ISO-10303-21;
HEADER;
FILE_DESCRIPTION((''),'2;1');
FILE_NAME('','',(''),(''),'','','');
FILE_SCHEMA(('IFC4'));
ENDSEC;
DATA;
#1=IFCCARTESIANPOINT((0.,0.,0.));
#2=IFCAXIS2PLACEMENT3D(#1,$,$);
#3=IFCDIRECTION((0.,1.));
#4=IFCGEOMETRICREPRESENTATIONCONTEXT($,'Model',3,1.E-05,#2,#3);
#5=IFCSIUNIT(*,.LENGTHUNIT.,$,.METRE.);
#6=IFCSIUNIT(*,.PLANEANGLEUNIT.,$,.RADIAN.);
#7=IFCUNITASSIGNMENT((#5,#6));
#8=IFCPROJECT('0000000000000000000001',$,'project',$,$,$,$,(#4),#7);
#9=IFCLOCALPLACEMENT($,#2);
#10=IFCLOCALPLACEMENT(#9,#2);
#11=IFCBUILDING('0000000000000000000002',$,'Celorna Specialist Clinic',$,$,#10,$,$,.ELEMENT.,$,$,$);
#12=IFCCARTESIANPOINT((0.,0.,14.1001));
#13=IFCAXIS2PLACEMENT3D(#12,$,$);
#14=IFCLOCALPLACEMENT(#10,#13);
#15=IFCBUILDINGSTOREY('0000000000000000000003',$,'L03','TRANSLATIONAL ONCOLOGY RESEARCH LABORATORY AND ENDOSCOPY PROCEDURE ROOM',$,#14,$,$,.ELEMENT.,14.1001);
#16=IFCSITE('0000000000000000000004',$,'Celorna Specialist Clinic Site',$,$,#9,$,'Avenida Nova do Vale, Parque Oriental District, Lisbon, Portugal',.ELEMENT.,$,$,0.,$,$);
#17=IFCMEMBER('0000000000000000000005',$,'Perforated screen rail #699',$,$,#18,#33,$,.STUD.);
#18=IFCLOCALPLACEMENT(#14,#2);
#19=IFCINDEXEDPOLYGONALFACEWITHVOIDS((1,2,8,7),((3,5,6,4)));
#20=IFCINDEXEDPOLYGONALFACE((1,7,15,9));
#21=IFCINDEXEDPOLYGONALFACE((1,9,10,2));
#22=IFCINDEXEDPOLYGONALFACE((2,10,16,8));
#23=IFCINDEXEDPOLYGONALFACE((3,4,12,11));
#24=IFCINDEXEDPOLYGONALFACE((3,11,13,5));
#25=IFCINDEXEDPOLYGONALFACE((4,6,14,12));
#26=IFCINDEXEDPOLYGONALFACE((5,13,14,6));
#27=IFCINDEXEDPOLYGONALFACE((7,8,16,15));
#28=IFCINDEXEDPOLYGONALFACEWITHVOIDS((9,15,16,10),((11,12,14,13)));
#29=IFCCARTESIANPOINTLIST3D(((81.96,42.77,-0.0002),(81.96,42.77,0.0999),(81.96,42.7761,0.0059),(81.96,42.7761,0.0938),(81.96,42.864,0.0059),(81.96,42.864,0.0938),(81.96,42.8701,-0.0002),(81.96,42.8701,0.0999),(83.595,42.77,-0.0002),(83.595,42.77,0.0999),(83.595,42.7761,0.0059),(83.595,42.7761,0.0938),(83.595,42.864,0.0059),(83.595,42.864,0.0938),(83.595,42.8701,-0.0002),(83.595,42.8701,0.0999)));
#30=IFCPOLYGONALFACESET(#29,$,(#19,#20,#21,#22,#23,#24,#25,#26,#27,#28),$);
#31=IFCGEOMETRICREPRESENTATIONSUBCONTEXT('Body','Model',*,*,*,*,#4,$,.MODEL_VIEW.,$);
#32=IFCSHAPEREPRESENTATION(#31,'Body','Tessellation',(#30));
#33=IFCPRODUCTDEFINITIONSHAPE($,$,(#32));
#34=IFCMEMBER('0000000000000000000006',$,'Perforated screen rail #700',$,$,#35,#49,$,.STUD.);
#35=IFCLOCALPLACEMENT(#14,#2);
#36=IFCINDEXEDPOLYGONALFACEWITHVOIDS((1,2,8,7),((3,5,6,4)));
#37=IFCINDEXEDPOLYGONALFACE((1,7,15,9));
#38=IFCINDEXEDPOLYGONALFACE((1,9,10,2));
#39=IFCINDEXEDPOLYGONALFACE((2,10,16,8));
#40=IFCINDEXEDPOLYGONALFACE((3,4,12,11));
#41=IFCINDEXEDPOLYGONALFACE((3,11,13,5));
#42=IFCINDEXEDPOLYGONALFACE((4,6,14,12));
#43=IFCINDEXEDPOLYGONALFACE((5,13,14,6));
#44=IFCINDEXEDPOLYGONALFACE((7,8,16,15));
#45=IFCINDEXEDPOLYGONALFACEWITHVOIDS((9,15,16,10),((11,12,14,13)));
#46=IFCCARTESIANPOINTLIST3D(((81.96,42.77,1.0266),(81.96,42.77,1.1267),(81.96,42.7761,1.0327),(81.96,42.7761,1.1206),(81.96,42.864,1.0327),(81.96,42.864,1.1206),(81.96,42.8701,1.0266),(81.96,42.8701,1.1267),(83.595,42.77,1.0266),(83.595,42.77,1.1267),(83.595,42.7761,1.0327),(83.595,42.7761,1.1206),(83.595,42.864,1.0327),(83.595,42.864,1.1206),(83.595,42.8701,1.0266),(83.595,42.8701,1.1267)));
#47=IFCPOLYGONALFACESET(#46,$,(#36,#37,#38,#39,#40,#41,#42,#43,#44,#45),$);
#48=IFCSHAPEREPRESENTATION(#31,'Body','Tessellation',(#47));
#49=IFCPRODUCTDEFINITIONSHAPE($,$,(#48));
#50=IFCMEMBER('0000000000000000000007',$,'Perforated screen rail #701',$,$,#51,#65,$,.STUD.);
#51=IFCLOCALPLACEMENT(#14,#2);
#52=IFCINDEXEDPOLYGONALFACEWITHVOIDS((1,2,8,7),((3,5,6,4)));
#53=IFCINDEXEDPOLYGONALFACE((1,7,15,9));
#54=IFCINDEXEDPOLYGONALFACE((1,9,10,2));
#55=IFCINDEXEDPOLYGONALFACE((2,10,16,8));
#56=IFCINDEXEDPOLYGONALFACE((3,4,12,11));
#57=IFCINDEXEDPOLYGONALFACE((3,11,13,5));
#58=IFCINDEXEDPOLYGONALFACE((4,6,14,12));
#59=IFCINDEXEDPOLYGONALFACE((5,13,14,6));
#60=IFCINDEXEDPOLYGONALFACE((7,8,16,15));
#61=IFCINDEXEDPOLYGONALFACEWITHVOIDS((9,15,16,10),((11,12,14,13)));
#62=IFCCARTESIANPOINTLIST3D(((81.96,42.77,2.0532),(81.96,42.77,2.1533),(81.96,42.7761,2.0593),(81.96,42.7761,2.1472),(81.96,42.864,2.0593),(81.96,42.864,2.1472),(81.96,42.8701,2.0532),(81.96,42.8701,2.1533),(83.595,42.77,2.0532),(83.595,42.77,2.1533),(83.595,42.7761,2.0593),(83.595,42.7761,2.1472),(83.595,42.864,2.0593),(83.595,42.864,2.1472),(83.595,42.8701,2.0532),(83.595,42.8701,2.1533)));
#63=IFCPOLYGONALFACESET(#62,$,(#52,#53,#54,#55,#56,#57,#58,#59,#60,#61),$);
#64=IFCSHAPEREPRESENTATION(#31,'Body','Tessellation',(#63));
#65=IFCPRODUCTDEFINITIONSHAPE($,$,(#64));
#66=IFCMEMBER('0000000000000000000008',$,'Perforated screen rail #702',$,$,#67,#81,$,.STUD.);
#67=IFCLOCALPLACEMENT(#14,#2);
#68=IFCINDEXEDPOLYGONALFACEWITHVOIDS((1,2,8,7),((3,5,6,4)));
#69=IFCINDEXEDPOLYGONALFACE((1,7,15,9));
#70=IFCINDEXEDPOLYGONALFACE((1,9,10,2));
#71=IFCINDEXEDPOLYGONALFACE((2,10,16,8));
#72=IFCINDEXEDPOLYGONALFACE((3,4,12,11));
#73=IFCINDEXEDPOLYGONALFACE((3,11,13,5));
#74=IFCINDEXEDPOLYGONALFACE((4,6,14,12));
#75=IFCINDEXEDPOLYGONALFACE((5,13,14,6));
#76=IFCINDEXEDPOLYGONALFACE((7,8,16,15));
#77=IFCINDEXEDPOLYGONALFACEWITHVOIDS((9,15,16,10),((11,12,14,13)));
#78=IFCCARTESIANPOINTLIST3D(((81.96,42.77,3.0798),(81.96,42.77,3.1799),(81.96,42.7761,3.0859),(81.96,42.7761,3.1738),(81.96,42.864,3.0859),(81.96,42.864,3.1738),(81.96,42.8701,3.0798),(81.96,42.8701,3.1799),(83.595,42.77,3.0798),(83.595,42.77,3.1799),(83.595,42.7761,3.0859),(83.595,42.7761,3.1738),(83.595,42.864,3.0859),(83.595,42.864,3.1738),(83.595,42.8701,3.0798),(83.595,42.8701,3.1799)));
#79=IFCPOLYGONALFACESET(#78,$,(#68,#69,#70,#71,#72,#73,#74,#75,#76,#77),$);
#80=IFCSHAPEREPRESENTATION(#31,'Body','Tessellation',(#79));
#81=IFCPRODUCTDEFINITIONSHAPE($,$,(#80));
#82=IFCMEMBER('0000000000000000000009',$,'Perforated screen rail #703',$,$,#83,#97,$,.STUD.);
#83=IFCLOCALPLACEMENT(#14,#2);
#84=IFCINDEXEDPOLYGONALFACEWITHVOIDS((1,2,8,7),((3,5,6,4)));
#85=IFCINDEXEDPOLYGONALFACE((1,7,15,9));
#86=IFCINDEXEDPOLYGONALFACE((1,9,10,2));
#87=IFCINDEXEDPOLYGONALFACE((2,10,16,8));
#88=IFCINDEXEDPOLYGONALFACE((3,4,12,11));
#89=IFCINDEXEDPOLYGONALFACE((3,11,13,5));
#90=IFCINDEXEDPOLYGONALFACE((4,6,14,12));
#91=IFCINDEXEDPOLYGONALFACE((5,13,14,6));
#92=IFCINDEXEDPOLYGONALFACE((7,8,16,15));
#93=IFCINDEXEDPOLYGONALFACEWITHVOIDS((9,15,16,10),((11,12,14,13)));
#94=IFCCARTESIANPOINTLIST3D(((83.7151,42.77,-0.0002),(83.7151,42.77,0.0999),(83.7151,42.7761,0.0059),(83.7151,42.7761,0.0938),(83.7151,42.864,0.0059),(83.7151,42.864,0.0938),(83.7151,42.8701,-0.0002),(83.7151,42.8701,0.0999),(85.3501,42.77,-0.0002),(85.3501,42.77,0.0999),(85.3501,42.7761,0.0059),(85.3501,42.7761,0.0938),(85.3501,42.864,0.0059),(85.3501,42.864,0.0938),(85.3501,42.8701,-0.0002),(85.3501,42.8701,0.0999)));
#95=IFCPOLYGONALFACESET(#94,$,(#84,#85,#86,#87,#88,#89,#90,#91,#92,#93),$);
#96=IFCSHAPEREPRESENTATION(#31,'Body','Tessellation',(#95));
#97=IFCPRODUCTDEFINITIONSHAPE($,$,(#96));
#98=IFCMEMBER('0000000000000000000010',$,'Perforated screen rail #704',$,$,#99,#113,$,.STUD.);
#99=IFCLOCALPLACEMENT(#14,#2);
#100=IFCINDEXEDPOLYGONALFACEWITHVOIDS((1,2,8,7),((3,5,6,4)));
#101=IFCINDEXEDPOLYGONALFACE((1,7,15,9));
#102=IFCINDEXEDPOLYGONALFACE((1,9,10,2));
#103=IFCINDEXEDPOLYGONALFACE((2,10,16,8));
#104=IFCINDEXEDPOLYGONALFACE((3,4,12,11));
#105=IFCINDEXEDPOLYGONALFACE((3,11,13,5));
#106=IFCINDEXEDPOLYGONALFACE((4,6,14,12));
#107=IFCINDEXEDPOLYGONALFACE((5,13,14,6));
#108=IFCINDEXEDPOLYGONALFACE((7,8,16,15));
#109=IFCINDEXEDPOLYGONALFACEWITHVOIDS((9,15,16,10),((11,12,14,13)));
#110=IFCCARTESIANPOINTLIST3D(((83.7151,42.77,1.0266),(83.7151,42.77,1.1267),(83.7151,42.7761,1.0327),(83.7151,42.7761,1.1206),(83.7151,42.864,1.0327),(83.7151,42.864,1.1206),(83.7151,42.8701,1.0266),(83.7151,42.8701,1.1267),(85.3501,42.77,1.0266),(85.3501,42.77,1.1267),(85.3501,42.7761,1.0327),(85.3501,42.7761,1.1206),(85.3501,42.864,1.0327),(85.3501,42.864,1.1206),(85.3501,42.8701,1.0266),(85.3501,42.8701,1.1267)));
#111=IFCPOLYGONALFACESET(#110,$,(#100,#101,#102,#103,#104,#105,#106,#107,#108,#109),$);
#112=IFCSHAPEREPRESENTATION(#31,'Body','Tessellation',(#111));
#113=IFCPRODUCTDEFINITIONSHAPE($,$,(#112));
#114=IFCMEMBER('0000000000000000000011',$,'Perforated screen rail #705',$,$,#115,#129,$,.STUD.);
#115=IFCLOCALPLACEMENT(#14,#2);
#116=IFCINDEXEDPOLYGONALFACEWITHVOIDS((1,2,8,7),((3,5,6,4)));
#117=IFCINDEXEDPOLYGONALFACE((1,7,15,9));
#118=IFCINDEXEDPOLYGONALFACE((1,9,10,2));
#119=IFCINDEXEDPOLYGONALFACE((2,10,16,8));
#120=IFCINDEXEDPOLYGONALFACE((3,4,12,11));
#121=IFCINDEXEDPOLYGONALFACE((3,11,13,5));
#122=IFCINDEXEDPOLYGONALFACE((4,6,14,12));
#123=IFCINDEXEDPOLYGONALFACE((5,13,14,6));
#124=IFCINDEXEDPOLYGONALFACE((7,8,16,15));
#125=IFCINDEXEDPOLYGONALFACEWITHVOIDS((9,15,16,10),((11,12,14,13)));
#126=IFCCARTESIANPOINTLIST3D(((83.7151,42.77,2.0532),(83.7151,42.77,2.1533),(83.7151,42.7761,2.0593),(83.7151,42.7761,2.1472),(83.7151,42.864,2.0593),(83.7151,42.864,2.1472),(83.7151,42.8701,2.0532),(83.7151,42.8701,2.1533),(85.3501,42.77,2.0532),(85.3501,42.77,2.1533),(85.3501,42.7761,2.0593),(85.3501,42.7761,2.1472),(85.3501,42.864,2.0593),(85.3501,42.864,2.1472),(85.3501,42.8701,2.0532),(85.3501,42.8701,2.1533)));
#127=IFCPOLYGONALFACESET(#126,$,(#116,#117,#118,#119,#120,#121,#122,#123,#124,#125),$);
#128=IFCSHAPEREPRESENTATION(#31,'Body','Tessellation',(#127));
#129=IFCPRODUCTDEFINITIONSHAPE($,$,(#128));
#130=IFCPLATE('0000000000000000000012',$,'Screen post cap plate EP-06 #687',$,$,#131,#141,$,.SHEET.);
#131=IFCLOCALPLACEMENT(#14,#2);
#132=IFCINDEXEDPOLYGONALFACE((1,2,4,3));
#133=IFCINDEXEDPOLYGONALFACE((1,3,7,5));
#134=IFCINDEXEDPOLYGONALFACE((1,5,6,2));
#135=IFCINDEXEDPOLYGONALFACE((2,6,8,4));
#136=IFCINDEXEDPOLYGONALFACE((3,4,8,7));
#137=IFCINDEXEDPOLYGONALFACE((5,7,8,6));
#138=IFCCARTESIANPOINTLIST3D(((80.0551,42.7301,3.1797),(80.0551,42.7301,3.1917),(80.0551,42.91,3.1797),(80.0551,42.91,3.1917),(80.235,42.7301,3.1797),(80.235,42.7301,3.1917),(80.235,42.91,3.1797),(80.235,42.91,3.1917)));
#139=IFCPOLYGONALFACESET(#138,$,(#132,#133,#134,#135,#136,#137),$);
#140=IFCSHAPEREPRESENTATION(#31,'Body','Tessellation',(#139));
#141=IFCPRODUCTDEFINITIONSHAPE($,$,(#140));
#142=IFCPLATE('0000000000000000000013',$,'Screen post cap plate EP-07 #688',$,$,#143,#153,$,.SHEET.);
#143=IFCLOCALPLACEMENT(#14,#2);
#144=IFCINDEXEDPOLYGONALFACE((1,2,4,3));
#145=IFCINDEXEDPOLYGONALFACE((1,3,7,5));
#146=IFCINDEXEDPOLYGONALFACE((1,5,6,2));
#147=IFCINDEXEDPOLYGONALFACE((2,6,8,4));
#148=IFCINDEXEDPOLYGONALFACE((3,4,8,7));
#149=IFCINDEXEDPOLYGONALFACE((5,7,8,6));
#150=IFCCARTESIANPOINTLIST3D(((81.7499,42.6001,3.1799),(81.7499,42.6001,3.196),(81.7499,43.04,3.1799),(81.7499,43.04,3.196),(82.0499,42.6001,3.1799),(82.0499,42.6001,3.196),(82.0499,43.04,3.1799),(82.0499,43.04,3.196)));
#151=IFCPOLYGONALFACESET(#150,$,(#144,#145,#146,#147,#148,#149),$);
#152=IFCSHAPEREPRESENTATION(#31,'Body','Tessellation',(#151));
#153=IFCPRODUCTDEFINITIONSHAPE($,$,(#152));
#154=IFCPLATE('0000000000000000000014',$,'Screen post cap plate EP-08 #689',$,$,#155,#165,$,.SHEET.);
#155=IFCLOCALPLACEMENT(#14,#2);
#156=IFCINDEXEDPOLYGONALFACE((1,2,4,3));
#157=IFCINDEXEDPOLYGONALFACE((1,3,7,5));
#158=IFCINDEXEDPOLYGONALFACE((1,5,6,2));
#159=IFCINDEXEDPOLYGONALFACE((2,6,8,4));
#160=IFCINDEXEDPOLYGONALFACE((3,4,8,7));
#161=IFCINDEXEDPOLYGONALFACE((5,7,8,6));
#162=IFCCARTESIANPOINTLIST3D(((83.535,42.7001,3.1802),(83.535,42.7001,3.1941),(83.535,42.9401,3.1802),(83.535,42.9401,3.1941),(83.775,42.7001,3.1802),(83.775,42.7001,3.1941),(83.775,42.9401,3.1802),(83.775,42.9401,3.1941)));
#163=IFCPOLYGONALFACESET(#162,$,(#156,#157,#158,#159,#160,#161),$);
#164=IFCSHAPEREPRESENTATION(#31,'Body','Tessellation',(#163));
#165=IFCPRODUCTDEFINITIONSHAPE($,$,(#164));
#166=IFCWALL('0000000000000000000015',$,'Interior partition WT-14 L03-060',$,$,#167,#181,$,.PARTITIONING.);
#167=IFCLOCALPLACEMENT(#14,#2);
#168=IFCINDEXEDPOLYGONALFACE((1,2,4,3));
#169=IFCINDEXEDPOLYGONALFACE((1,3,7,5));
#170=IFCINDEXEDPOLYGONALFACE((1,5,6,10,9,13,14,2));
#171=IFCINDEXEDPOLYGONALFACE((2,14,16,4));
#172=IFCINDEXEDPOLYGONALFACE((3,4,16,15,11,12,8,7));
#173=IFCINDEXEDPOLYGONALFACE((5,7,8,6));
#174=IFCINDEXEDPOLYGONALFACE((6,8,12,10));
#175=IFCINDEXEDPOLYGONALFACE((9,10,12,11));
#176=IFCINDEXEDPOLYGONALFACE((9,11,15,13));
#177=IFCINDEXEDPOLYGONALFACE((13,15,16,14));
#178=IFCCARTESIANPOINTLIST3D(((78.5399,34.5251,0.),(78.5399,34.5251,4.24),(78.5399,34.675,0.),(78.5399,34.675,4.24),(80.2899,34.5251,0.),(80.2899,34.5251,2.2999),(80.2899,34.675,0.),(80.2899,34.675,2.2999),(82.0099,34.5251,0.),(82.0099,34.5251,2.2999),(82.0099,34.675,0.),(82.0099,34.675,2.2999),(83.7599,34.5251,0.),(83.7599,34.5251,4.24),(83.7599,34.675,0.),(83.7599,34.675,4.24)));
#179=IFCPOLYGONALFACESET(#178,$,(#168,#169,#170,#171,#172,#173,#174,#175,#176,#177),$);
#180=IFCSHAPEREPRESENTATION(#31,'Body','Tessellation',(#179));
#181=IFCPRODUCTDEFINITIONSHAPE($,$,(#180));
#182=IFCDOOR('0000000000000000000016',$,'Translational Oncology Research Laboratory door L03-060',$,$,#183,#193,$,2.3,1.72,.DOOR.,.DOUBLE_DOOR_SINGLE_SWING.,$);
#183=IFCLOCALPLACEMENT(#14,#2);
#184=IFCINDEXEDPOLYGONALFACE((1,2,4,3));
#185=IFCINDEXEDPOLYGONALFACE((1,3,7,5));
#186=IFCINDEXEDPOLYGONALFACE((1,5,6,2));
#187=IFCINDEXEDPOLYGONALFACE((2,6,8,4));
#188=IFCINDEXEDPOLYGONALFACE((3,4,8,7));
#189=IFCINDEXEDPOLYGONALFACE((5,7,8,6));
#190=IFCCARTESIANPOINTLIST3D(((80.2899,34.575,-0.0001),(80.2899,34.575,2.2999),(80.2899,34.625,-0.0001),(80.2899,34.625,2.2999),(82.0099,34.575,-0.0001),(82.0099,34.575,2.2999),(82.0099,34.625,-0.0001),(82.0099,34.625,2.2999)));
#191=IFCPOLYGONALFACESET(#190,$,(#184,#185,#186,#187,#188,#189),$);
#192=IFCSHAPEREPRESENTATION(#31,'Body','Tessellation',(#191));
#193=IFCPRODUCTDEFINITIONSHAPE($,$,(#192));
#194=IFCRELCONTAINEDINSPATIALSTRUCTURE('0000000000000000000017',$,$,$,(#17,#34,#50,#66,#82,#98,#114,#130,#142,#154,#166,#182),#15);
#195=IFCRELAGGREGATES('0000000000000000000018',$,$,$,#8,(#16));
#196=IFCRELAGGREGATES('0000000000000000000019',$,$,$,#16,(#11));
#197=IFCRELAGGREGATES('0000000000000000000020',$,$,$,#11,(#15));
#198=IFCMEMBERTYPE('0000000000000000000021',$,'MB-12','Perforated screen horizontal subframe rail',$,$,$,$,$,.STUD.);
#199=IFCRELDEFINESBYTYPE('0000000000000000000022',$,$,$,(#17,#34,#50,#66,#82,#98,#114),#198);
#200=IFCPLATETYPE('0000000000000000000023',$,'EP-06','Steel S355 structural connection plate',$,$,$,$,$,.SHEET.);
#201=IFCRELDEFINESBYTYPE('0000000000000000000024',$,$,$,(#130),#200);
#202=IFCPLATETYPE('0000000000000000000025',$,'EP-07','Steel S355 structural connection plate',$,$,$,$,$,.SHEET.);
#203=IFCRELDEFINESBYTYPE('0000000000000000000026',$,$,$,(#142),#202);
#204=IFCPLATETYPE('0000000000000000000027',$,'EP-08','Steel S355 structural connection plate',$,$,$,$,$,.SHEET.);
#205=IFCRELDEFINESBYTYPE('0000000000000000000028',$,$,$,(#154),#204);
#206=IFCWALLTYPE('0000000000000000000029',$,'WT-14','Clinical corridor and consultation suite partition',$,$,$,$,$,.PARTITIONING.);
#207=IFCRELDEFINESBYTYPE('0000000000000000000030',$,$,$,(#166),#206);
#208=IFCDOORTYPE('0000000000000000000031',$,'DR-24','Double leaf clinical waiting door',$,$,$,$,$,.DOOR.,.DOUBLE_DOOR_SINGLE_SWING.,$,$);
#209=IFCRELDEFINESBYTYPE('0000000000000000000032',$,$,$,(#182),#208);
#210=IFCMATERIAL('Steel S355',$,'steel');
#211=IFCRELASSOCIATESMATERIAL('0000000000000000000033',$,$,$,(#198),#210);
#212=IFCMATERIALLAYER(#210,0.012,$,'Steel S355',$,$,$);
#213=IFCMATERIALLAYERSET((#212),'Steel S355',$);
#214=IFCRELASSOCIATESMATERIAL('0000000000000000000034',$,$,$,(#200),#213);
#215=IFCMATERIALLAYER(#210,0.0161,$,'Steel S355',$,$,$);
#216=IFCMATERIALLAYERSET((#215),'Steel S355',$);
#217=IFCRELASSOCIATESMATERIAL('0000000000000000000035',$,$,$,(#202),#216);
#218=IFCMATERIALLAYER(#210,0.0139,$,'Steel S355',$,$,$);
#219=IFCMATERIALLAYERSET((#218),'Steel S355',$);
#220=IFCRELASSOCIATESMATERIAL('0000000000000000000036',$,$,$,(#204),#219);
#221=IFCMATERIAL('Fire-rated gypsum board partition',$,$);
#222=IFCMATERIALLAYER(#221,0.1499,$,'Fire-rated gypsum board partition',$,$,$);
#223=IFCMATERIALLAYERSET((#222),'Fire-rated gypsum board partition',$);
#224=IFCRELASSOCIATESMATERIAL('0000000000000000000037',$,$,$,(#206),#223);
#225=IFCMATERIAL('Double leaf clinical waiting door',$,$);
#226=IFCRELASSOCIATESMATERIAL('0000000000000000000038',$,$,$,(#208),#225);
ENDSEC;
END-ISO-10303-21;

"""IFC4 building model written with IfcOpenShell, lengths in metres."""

from ifc_helpers import new_model, si_unit, direction, frame, frame_2d, origin, origin_2d, place, context, subcontext, project, spatial, rectangle, hollow_rectangle, extrude, material, layer, layer_set, material_profile, profile_set, type_object, element, fill, save


model = new_model("IFC4")

# Units and contexts
model_context = context("Model", 3, precision=1e-05, world=origin(), true_north=direction((0.0, 1.0)))
body_context = subcontext(model_context, "Body", "Model", "MODEL_VIEW")
ifc_project = project(units=[si_unit("LENGTHUNIT", "METRE"), si_unit("PLANEANGLEUNIT", "RADIAN")], contexts=[model_context])

# Site, building, storey
site_placement = place(None, origin())
site = spatial("IfcSite", under=ifc_project, at=site_placement, Name="Celorna Specialist Clinic Site", LongName="Avenida Nova do Vale, Parque Oriental District, Lisbon, Portugal", CompositionType="ELEMENT", RefElevation=0.0)
building_placement = place(site_placement, origin())
building = spatial("IfcBuilding", under=site, at=building_placement, Name="Celorna Specialist Clinic", CompositionType="ELEMENT")
storey_placement = place(building_placement, frame((0.0, 0.0, 14.1001)))
storey = spatial("IfcBuildingStorey", under=building, at=storey_placement, Name="L03", Description="TRANSLATIONAL ONCOLOGY RESEARCH LABORATORY AND ENDOSCOPY PROCEDURE ROOM", CompositionType="ELEMENT", Elevation=14.1001)

# Shared definitions
ifc_material_1 = material(Name="Steel S355", Category="steel")

# Members
ifc_material_profile_1 = material_profile(ifc_material_1, hollow_rectangle(XDim=0.1001, YDim=0.1001, WallThickness=0.0061, at=origin_2d()), Name="SHS 100x100x6")
ifc_profile_set_1 = profile_set([ifc_material_profile_1], Name="Steel S355")
member_type_1 = type_object("IfcMemberType", Name="MB-12", Description="Perforated screen horizontal subframe rail", PredefinedType="STUD", material=ifc_profile_set_1)
for number, where, z_axis, x_axis, name in (
    (1, (81.96, 42.8201, 0.0498), (1.0, 0.0, 0.0), (0.0, 1.0, 0.0), "Perforated screen rail #699"),
    (2, (81.96, 42.8201, 1.0767), (1.0, 0.0, 0.0), (0.0, 1.0, 0.0), "Perforated screen rail #700"),
    (3, (81.96, 42.8201, 2.1033), (1.0, 0.0, 0.0), (0.0, 1.0, 0.0), "Perforated screen rail #701"),
    (4, (81.96, 42.8201, 3.1299), (1.0, 0.0, 0.0), (0.0, 1.0, 0.0), "Perforated screen rail #702"),
    (5, (83.7151, 42.8201, 0.0498), (1.0, 0.0, 0.0), (0.0, 1.0, 0.0), "Perforated screen rail #703"),
    (6, (83.7151, 42.8201, 1.0767), (1.0, 0.0, 0.0), (0.0, 1.0, 0.0), "Perforated screen rail #704"),
    (7, (83.7151, 42.8201, 2.1033), (1.0, 0.0, 0.0), (0.0, 1.0, 0.0), "Perforated screen rail #705"),
):
    element("IfcMember", number, at=place(storey_placement, frame(where, z_axis=z_axis, x_axis=x_axis)), inside=storey, type_object=member_type_1, Name=name, PredefinedType="STUD", context=body_context, shape_type="SweptSolid", body=[
        extrude(hollow_rectangle(XDim=0.1001, YDim=0.1001, WallThickness=0.0061, at=origin_2d()), origin(), (0.0, 0.0, 1.0), 1.635),
    ])

# Plates
ifc_layer_1 = layer(ifc_material_1, 0.012, Name="Steel S355")
ifc_layer_set_1 = layer_set([ifc_layer_1], Name="Steel S355")
plate_type_1 = type_object("IfcPlateType", Name="EP-06", Description="Steel S355 structural connection plate", PredefinedType="SHEET", material=ifc_layer_set_1)
plate_1_placement = place(storey_placement, frame((80.145, 42.8201, 3.1797), z_axis=(0.0, 0.0, 1.0), x_axis=(1.0, 0.0, 0.0)))
element("IfcPlate", 8, at=plate_1_placement, inside=storey, type_object=plate_type_1, Name="Screen post cap plate EP-06 #687", PredefinedType="SHEET", context=body_context, shape_type="SweptSolid", body=[
    extrude(rectangle(XDim=0.1799, YDim=0.1799, at=origin_2d()), origin(), (0.0, 0.0, 1.0), 0.012),
])
ifc_layer_2 = layer(ifc_material_1, 0.0161, Name="Steel S355")
ifc_layer_set_2 = layer_set([ifc_layer_2], Name="Steel S355")
plate_type_2 = type_object("IfcPlateType", Name="EP-07", Description="Steel S355 structural connection plate", PredefinedType="SHEET", material=ifc_layer_set_2)
plate_2_placement = place(storey_placement, frame((81.8999, 42.8201, 3.1799), z_axis=(0.0, 0.0, 1.0), x_axis=(1.0, 0.0, 0.0)))
element("IfcPlate", 9, at=plate_2_placement, inside=storey, type_object=plate_type_2, Name="Screen post cap plate EP-07 #688", PredefinedType="SHEET", context=body_context, shape_type="SweptSolid", body=[
    extrude(rectangle(XDim=0.3, YDim=0.4399, at=origin_2d()), origin(), (0.0, 0.0, 1.0), 0.0161),
])
ifc_layer_3 = layer(ifc_material_1, 0.0139, Name="Steel S355")
ifc_layer_set_3 = layer_set([ifc_layer_3], Name="Steel S355")
plate_type_3 = type_object("IfcPlateType", Name="EP-08", Description="Steel S355 structural connection plate", PredefinedType="SHEET", material=ifc_layer_set_3)
plate_3_placement = place(storey_placement, frame((83.655, 42.8201, 3.1802), z_axis=(0.0, 0.0, 1.0), x_axis=(1.0, 0.0, 0.0)))
element("IfcPlate", 10, at=plate_3_placement, inside=storey, type_object=plate_type_3, Name="Screen post cap plate EP-08 #689", PredefinedType="SHEET", context=body_context, shape_type="SweptSolid", body=[
    extrude(rectangle(XDim=0.24, YDim=0.24, at=origin_2d()), origin(), (0.0, 0.0, 1.0), 0.0139),
])

# Wall, opening, door
ifc_material_2 = material(Name="Fire-rated gypsum board partition")
ifc_layer_4 = layer(ifc_material_2, 0.1499, Name="Fire-rated gypsum board partition")
ifc_layer_set_4 = layer_set([ifc_layer_4], Name="Fire-rated gypsum board partition")
wall_type_1 = type_object("IfcWallType", Name="WT-14", Description="Clinical corridor and consultation suite partition", PredefinedType="PARTITIONING", material=ifc_layer_set_4)
wall_1_placement = place(storey_placement, frame((78.54, 34.6001, 0.0), z_axis=(0.0, 0.0, 1.0), x_axis=(1.0, 0.0, 0.0)))
wall_1 = element("IfcWall", 11, at=wall_1_placement, inside=storey, type_object=wall_type_1, Name="Interior partition WT-14 L03-060", PredefinedType="PARTITIONING", context=body_context, shape_type="SweptSolid", body=[
    extrude(rectangle(XDim=5.22, YDim=0.1499, at=frame_2d((2.6099, 0.0))), origin(), (0.0, 0.0, 1.0), 4.24),
])
opening_placement = place(wall_1_placement, frame((1.75, 0.0, 0.0)))
opening = element("IfcOpeningElement", 12, at=opening_placement, cuts=wall_1, PredefinedType="OPENING", context=body_context, shape_type="SweptSolid", body=[
    extrude(rectangle(XDim=1.72, YDim=2.3, at=frame_2d((0.8599, 1.1499))), frame((0.0, 0.085, 0.0), z_axis=(0.0, -1.0, 0.0), x_axis=(1.0, 0.0, 0.0)), (0.0, 0.0, 1.0), 0.1699),
])
ifc_material_3 = material(Name="Double leaf clinical waiting door")
door_type = type_object("IfcDoorType", Name="DR-24", Description="Double leaf clinical waiting door", OperationType="DOUBLE_DOOR_SINGLE_SWING", PredefinedType="DOOR", material=ifc_material_3)
door_placement = place(opening_placement, origin())
door = element("IfcDoor", 13, at=door_placement, inside=storey, type_object=door_type, Name="Translational Oncology Research Laboratory door L03-060", OperationType="DOUBLE_DOOR_SINGLE_SWING", OverallHeight=2.3, OverallWidth=1.72, PredefinedType="DOOR", context=body_context, shape_type="SweptSolid", body=[
    extrude(rectangle(XDim=1.72, YDim=2.3, at=frame_2d((0.8599, 1.1499))), frame((0.0, 0.0249, 0.0), z_axis=(0.0, -1.0, 0.0), x_axis=(1.0, 0.0, 0.0)), (0.0, 0.0, 1.0), 0.05),
])
fill(opening, door)

save(model, "model.ifc")
